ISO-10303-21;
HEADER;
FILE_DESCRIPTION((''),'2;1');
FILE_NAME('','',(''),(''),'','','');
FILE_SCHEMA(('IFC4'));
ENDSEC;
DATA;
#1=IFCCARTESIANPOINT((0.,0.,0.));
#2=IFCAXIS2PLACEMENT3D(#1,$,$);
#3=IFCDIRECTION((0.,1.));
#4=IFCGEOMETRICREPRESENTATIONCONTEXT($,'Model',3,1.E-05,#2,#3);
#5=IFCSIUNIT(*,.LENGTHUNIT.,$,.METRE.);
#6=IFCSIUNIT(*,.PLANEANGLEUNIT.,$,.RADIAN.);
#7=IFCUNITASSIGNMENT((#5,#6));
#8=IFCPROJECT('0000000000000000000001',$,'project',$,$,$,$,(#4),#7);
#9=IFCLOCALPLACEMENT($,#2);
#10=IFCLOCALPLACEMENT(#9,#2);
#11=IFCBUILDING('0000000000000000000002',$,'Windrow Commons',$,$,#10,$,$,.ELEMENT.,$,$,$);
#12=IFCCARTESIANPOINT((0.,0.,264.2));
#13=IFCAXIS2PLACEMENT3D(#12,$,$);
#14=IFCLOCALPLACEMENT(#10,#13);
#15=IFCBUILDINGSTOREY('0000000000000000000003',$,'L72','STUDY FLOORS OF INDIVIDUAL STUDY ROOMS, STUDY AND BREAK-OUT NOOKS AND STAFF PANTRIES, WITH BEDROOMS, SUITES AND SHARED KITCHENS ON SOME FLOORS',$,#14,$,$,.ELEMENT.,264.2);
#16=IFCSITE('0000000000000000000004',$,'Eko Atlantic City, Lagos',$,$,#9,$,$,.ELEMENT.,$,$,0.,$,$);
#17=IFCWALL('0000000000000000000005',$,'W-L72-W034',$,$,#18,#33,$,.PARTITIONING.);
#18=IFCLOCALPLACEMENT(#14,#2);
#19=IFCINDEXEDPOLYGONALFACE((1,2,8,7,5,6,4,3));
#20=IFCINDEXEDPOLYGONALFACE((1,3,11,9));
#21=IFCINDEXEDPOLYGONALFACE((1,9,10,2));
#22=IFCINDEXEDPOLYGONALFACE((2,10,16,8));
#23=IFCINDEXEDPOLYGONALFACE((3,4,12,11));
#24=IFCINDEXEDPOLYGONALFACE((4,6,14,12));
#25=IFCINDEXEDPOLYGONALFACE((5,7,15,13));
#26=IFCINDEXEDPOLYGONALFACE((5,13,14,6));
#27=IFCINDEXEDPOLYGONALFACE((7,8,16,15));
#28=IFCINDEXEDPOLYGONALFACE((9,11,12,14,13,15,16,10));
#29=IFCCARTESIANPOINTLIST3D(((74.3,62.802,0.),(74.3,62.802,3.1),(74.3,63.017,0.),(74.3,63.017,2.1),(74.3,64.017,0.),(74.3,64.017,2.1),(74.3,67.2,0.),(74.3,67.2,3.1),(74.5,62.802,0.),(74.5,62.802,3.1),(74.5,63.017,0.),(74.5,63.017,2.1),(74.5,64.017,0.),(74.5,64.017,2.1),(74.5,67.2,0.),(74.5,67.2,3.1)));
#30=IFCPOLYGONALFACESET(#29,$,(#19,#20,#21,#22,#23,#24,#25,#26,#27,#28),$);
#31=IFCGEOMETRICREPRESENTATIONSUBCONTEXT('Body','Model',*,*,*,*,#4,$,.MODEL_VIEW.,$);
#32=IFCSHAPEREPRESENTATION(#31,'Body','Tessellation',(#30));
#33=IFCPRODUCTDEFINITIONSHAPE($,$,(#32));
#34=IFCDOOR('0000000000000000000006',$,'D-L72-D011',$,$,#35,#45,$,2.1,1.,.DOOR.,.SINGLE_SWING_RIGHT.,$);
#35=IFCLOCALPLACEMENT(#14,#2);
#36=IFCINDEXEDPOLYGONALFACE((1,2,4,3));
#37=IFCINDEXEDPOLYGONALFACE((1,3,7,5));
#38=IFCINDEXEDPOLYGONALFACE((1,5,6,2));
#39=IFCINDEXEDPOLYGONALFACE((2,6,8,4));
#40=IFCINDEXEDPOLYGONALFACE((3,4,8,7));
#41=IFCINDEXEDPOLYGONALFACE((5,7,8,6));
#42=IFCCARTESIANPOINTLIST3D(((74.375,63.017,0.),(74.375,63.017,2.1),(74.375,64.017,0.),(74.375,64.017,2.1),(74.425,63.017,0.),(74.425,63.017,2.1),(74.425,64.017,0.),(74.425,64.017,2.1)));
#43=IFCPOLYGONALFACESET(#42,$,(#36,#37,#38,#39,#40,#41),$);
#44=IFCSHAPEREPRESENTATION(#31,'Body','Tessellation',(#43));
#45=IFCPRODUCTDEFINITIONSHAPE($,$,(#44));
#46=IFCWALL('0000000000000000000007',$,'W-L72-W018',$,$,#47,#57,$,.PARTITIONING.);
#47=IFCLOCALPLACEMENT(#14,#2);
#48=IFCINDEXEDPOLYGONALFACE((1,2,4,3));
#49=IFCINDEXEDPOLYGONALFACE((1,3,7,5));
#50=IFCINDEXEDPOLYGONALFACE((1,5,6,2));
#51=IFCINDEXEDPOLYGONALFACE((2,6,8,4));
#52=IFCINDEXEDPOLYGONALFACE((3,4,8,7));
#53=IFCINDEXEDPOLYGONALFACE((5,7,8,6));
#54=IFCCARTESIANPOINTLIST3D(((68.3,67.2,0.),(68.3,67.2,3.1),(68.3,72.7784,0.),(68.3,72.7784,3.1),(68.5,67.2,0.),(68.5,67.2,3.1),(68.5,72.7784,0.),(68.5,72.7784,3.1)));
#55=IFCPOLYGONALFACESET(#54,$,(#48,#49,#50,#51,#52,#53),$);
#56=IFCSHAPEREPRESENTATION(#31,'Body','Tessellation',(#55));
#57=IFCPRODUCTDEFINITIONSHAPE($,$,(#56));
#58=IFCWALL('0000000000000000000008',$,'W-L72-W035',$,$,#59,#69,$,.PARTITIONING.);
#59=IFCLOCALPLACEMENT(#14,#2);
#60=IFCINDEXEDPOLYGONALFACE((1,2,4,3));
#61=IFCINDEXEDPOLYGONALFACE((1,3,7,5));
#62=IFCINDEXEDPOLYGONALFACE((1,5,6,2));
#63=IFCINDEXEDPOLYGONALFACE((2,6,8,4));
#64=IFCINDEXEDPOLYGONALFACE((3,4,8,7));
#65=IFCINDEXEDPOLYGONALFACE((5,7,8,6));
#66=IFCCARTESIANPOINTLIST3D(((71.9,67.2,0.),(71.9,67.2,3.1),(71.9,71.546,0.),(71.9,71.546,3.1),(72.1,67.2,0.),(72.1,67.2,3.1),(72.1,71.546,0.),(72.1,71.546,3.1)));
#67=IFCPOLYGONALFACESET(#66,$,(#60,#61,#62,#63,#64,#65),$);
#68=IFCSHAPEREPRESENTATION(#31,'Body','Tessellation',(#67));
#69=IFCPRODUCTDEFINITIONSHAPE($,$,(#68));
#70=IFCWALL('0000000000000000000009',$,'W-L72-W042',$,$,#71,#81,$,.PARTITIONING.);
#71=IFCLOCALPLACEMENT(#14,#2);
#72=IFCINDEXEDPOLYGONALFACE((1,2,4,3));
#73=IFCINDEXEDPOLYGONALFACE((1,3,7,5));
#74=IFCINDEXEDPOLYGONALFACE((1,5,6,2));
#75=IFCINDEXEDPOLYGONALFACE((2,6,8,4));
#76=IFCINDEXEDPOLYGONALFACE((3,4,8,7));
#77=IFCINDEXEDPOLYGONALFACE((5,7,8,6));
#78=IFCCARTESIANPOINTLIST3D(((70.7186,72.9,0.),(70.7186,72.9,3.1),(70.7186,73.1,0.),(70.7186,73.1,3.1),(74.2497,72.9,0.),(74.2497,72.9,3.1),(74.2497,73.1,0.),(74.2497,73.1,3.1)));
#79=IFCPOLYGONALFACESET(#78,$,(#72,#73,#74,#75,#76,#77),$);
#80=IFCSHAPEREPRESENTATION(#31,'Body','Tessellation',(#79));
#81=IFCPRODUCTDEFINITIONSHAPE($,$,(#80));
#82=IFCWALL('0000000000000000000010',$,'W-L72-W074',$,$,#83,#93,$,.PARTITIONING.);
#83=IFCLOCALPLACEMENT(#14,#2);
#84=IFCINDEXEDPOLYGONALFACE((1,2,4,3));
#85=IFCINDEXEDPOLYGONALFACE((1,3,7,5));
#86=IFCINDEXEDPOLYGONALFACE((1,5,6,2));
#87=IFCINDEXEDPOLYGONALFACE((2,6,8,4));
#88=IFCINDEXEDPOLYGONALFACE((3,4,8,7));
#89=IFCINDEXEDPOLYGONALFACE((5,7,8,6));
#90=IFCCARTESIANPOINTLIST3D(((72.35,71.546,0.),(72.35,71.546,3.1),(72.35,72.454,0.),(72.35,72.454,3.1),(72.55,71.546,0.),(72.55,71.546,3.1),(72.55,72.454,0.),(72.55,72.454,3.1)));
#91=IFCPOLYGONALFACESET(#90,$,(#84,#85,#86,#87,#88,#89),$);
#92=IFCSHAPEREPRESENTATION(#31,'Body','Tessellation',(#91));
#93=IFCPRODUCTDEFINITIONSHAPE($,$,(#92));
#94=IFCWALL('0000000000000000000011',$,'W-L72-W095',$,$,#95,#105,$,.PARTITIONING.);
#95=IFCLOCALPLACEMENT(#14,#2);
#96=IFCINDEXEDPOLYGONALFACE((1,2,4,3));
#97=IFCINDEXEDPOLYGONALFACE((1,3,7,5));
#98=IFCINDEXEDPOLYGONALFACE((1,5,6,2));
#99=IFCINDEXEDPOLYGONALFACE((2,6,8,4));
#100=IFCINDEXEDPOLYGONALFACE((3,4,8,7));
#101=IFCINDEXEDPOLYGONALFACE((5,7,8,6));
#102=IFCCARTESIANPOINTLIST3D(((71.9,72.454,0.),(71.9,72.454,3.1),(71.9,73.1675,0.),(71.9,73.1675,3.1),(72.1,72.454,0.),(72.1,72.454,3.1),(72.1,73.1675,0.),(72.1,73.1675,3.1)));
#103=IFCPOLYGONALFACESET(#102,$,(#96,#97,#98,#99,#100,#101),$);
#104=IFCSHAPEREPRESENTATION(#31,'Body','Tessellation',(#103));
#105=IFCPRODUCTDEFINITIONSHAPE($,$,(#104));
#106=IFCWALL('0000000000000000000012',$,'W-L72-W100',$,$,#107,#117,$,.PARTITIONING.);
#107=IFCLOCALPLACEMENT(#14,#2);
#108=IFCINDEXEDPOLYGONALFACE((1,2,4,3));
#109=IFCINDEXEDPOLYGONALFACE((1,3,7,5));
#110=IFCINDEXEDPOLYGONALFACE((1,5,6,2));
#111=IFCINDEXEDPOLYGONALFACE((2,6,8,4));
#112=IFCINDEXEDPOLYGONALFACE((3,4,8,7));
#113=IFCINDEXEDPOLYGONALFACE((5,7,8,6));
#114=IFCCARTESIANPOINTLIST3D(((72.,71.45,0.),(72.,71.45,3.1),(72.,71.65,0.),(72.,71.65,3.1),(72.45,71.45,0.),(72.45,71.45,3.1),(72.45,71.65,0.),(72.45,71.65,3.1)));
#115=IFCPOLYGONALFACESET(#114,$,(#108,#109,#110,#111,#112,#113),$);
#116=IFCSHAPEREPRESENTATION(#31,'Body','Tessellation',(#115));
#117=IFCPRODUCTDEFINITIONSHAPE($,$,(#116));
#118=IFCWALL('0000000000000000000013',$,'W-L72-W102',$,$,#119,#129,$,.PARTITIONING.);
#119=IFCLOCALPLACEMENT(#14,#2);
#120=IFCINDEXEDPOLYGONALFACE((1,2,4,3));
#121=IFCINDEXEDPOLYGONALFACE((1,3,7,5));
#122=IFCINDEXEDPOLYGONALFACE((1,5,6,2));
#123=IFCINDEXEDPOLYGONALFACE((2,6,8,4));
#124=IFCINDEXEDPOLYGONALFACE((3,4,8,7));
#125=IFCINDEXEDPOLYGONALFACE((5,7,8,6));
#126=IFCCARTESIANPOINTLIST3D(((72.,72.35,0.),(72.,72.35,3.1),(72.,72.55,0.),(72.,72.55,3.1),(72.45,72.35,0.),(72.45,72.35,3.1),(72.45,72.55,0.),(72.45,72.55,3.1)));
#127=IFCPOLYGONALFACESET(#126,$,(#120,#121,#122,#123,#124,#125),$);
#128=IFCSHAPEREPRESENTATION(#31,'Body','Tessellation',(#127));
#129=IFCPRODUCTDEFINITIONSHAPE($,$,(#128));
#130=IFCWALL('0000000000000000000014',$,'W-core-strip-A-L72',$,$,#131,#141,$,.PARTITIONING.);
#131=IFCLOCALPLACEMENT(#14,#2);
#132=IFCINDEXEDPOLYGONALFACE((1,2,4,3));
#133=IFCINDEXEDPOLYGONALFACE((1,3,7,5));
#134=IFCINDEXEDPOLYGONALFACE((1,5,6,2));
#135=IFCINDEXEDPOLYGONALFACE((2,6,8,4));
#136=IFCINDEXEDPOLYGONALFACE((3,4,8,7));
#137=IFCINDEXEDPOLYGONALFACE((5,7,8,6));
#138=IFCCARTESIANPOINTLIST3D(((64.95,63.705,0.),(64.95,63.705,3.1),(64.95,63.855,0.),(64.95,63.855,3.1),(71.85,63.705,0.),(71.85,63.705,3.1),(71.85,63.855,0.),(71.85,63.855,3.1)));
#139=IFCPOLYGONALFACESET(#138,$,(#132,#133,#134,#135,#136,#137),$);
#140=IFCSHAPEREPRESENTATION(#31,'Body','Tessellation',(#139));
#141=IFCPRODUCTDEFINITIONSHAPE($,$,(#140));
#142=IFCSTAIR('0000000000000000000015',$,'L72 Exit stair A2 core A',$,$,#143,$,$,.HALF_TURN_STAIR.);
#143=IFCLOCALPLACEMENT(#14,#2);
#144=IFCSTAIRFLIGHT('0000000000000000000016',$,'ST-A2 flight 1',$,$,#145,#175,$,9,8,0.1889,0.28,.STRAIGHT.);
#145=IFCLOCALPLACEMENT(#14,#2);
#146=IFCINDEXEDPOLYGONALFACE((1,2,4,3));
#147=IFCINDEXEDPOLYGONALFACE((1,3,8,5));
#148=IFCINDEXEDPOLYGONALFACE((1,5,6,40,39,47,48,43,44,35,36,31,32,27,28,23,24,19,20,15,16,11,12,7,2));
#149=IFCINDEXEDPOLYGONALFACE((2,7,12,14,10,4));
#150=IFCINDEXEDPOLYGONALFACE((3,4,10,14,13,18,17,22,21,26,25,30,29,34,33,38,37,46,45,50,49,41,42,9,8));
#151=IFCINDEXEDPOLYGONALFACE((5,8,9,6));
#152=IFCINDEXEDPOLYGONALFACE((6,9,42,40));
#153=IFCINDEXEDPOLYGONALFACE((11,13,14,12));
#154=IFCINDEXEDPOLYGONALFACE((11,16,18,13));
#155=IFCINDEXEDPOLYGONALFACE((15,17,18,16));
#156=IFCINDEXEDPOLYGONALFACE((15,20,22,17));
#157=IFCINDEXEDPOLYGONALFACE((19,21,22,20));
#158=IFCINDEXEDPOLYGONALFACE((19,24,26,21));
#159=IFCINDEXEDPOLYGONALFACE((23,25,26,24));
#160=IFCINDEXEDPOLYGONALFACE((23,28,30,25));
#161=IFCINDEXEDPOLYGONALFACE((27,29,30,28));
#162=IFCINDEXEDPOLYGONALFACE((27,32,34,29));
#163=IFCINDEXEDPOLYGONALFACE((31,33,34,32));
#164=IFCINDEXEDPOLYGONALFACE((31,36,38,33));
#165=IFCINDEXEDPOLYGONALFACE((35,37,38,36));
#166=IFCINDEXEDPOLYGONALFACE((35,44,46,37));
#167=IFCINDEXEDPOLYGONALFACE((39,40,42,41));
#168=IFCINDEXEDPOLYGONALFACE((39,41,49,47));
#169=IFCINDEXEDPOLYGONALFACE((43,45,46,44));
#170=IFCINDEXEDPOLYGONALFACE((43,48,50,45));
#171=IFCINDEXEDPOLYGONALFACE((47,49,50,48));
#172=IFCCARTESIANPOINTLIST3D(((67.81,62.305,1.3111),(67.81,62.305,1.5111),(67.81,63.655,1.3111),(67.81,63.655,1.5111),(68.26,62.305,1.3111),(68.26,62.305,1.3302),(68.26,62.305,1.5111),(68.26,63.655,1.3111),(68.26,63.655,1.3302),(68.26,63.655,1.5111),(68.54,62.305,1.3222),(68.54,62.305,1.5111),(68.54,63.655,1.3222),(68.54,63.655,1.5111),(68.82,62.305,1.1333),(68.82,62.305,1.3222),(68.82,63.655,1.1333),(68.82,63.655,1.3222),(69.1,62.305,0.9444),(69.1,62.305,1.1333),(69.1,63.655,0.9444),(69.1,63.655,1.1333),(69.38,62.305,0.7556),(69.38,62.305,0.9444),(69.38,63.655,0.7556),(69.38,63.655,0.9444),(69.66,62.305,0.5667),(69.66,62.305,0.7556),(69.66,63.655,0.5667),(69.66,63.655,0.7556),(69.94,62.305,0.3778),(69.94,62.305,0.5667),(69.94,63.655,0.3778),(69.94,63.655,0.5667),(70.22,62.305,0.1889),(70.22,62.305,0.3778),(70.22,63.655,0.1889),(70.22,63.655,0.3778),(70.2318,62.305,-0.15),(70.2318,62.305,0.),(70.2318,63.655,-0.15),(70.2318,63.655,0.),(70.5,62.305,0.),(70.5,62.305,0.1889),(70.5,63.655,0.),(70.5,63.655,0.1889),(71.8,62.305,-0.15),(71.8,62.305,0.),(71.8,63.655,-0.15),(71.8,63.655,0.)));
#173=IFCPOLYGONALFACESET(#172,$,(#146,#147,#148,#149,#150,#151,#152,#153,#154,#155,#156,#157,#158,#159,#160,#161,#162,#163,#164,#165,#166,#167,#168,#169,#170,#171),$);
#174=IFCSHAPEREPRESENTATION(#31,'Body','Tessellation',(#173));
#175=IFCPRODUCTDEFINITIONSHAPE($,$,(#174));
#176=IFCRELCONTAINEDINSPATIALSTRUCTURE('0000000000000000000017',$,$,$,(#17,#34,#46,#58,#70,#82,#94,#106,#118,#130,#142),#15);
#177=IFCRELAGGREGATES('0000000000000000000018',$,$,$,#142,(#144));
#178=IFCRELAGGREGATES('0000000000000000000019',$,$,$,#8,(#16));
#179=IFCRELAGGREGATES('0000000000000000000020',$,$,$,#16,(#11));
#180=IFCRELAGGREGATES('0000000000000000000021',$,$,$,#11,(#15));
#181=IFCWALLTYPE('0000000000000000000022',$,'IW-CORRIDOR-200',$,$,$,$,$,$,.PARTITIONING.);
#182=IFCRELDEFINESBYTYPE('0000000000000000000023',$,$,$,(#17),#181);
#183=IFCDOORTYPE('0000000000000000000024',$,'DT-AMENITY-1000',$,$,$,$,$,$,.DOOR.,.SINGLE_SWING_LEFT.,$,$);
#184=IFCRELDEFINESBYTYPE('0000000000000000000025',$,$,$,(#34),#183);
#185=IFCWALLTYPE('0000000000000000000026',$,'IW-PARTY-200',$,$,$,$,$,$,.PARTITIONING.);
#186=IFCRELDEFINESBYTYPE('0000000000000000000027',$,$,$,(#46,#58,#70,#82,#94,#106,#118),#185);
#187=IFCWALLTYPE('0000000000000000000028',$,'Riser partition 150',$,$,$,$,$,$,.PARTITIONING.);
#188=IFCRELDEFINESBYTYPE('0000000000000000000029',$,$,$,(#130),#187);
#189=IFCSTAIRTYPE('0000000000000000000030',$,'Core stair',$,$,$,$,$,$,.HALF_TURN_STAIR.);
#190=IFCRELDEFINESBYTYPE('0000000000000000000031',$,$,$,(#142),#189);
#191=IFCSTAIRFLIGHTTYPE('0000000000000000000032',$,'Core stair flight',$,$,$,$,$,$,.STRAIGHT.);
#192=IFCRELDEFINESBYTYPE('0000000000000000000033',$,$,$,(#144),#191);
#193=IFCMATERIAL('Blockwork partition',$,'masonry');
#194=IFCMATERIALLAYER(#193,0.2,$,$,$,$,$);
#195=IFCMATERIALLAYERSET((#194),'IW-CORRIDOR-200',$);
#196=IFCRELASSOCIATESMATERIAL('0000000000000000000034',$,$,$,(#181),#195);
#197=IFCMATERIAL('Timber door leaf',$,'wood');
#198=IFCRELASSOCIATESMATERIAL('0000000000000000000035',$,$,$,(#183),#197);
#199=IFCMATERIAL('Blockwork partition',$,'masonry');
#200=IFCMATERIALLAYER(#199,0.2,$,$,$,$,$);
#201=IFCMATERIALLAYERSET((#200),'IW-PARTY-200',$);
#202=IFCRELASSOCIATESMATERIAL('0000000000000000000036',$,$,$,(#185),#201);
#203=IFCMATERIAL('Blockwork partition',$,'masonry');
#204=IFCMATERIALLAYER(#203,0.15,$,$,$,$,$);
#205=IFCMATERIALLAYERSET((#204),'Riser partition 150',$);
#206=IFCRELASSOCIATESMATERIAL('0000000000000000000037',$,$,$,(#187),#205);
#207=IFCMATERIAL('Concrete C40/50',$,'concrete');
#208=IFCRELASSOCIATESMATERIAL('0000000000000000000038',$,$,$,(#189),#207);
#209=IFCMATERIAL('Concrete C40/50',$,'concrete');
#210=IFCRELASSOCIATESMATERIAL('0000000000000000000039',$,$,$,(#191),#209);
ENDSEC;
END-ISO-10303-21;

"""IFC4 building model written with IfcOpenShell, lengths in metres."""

from ifc_helpers import new_model, si_unit, direction, frame, frame_2d, origin, place, context, subcontext, project, spatial, polyline, rectangle, outline, extrude, material, layer, layer_set, type_object, element, fill, aggregate, save


model = new_model("IFC4")

# Units and contexts
model_context = context("Model", 3, precision=1e-05, world=origin(), true_north=direction((0.0, 1.0)))
body_context = subcontext(model_context, "Body", "Model", "MODEL_VIEW")
ifc_project = project(units=[si_unit("LENGTHUNIT", "METRE"), si_unit("PLANEANGLEUNIT", "RADIAN")], contexts=[model_context])

# Site, building, storey
site_placement = place(None, origin())
site = spatial("IfcSite", under=ifc_project, at=site_placement, Name="Eko Atlantic City, Lagos", CompositionType="ELEMENT", RefElevation=0.0)
building_placement = place(site_placement, origin())
building = spatial("IfcBuilding", under=site, at=building_placement, Name="Windrow Commons", CompositionType="ELEMENT")
storey_placement = place(building_placement, frame((0.0, 0.0, 264.2)))
storey = spatial("IfcBuildingStorey", under=building, at=storey_placement, Name="L72", Description="STUDY FLOORS OF INDIVIDUAL STUDY ROOMS, STUDY AND BREAK-OUT NOOKS AND STAFF PANTRIES, WITH BEDROOMS, SUITES AND SHARED KITCHENS ON SOME FLOORS", CompositionType="ELEMENT", Elevation=264.2)

# Wall, opening, door
ifc_material_1 = material(Name="Blockwork partition", Category="masonry")
ifc_layer_1 = layer(ifc_material_1, 0.2)
ifc_layer_set_1 = layer_set([ifc_layer_1], Name="IW-CORRIDOR-200")
wall_type_1 = type_object("IfcWallType", Name="IW-CORRIDOR-200", PredefinedType="PARTITIONING", material=ifc_layer_set_1)
wall_1_placement = place(storey_placement, frame((74.4, 62.802, 0.0), z_axis=(0.0, 0.0, 1.0), x_axis=(0.0, 1.0, 0.0)))
wall_1 = element("IfcWall", 1, at=wall_1_placement, inside=storey, type_object=wall_type_1, Name="W-L72-W034", PredefinedType="PARTITIONING", context=body_context, shape_type="SweptSolid", body=[
    extrude(rectangle(XDim=4.398, YDim=0.2, at=frame_2d((2.199, 0.0))), origin(), (0.0, 0.0, 1.0), 3.1),
])
opening_1_placement = place(wall_1_placement, frame((0.215, 0.0, 0.0)))
opening_1 = element("IfcOpeningElement", 2, at=opening_1_placement, cuts=wall_1, PredefinedType="OPENING", context=body_context, shape_type="SweptSolid", body=[
    extrude(rectangle(XDim=1.0, YDim=2.1, at=frame_2d((0.5, 1.05))), frame((0.0, 0.11, 0.0), z_axis=(0.0, -1.0, 0.0), x_axis=(1.0, 0.0, 0.0)), (0.0, 0.0, 1.0), 0.22),
])
ifc_material_2 = material(Name="Timber door leaf", Category="wood")
door_type = type_object("IfcDoorType", Name="DT-AMENITY-1000", OperationType="SINGLE_SWING_LEFT", PredefinedType="DOOR", material=ifc_material_2)
door_placement = place(opening_1_placement, origin())
door = element("IfcDoor", 3, at=door_placement, inside=storey, type_object=door_type, Name="D-L72-D011", OperationType="SINGLE_SWING_RIGHT", OverallHeight=2.1, OverallWidth=1.0, PredefinedType="DOOR", context=body_context, shape_type="SweptSolid", body=[
    extrude(rectangle(XDim=1.0, YDim=2.1, at=frame_2d((0.5, 1.05))), frame((0.0, 0.025, 0.0), z_axis=(0.0, -1.0, 0.0), x_axis=(1.0, 0.0, 0.0)), (0.0, 0.0, 1.0), 0.05),
])
fill(opening_1, door)

# Walls
ifc_material_3 = material(Name="Blockwork partition", Category="masonry")
ifc_layer_2 = layer(ifc_material_3, 0.2)
ifc_layer_set_2 = layer_set([ifc_layer_2], Name="IW-PARTY-200")
wall_type_2 = type_object("IfcWallType", Name="IW-PARTY-200", PredefinedType="PARTITIONING", material=ifc_layer_set_2)
wall_2_placement = place(storey_placement, frame((68.4, 67.2, 0.0), z_axis=(0.0, 0.0, 1.0), x_axis=(0.0, 1.0, 0.0)))
element("IfcWall", 4, at=wall_2_placement, inside=storey, type_object=wall_type_2, Name="W-L72-W018", PredefinedType="PARTITIONING", context=body_context, shape_type="SweptSolid", body=[
    extrude(rectangle(XDim=5.5784, YDim=0.2, at=frame_2d((2.7892, 0.0))), origin(), (0.0, 0.0, 1.0), 3.1),
])
wall_3_placement = place(storey_placement, frame((72.0, 67.2, 0.0), z_axis=(0.0, 0.0, 1.0), x_axis=(0.0, 1.0, 0.0)))
element("IfcWall", 5, at=wall_3_placement, inside=storey, type_object=wall_type_2, Name="W-L72-W035", PredefinedType="PARTITIONING", context=body_context, shape_type="SweptSolid", body=[
    extrude(rectangle(XDim=4.346, YDim=0.2, at=frame_2d((2.173, 0.0))), origin(), (0.0, 0.0, 1.0), 3.1),
])
wall_4_placement = place(storey_placement, frame((70.7187, 73.0, 0.0), z_axis=(0.0, 0.0, 1.0), x_axis=(1.0, 0.0, 0.0)))
element("IfcWall", 6, at=wall_4_placement, inside=storey, type_object=wall_type_2, Name="W-L72-W042", PredefinedType="PARTITIONING", context=body_context, shape_type="SweptSolid", body=[
    extrude(rectangle(XDim=3.5311, YDim=0.2, at=frame_2d((1.7655, 0.0))), origin(), (0.0, 0.0, 1.0), 3.1),
])
wall_5_placement = place(storey_placement, frame((72.45, 71.546, 0.0), z_axis=(0.0, 0.0, 1.0), x_axis=(0.0, 1.0, 0.0)))
element("IfcWall", 7, at=wall_5_placement, inside=storey, type_object=wall_type_2, Name="W-L72-W074", PredefinedType="PARTITIONING", context=body_context, shape_type="SweptSolid", body=[
    extrude(rectangle(XDim=0.908, YDim=0.2, at=frame_2d((0.454, 0.0))), origin(), (0.0, 0.0, 1.0), 3.1),
])
wall_6_placement = place(storey_placement, frame((72.0, 72.454, 0.0), z_axis=(0.0, 0.0, 1.0), x_axis=(0.0, 1.0, 0.0)))
element("IfcWall", 8, at=wall_6_placement, inside=storey, type_object=wall_type_2, Name="W-L72-W095", PredefinedType="PARTITIONING", context=body_context, shape_type="SweptSolid", body=[
    extrude(rectangle(XDim=0.7135, YDim=0.2, at=frame_2d((0.3568, 0.0))), origin(), (0.0, 0.0, 1.0), 3.1),
])
for number, where, z_axis, x_axis, name in (
    (9, (72.0, 71.55, 0.0), (0.0, 0.0, 1.0), (1.0, 0.0, 0.0), "W-L72-W100"),
    (10, (72.0, 72.45, 0.0), (0.0, 0.0, 1.0), (1.0, 0.0, 0.0), "W-L72-W102"),
):
    element("IfcWall", number, at=place(storey_placement, frame(where, z_axis=z_axis, x_axis=x_axis)), inside=storey, type_object=wall_type_2, Name=name, PredefinedType="PARTITIONING", context=body_context, shape_type="SweptSolid", body=[
        extrude(rectangle(XDim=0.45, YDim=0.2, at=frame_2d((0.225, 0.0))), origin(), (0.0, 0.0, 1.0), 3.1),
    ])
ifc_material_4 = material(Name="Blockwork partition", Category="masonry")
ifc_layer_3 = layer(ifc_material_4, 0.15)
ifc_layer_set_3 = layer_set([ifc_layer_3], Name="Riser partition 150")
wall_type_3 = type_object("IfcWallType", Name="Riser partition 150", PredefinedType="PARTITIONING", material=ifc_layer_set_3)
wall_7_placement = place(storey_placement, frame((64.95, 63.78, 0.0), z_axis=(0.0, 0.0, 1.0), x_axis=(1.0, 0.0, 0.0)))
element("IfcWall", 11, at=wall_7_placement, inside=storey, type_object=wall_type_3, Name="W-core-strip-A-L72", PredefinedType="PARTITIONING", context=body_context, shape_type="SweptSolid", body=[
    extrude(rectangle(XDim=6.9, YDim=0.15, at=frame_2d((3.45, 0.0))), origin(), (0.0, 0.0, 1.0), 3.1),
])

# Stair, stair flight
ifc_material_5 = material(Name="Concrete C40/50", Category="concrete")
stair_type = type_object("IfcStairType", Name="Core stair", PredefinedType="HALF_TURN_STAIR", material=ifc_material_5)
stair_placement = place(storey_placement, origin())
stair = element("IfcStair", 12, at=stair_placement, inside=storey, type_object=stair_type, Name="L72 Exit stair A2 core A", PredefinedType="HALF_TURN_STAIR")
ifc_material_6 = material(Name="Concrete C40/50", Category="concrete")
stair_flight_type = type_object("IfcStairFlightType", Name="Core stair flight", PredefinedType="STRAIGHT", material=ifc_material_6)
stair_flight_1_placement = place(storey_placement, frame((70.5, 62.98, 0.0), z_axis=(0.0, 0.0, 1.0), x_axis=(-1.0, 0.0, 0.0)))
stair_flight_1 = element("IfcStairFlight", 13, at=stair_flight_1_placement, type_object=stair_flight_type, Name="ST-A2 flight 1", NumberOfRisers=9, NumberOfTreads=8, PredefinedType="STRAIGHT", RiserHeight=0.1889, TreadLength=0.28, context=body_context, shape_type="SweptSolid", body=[
    extrude(outline(polyline([(-1.3, -0.15), (-1.3, 0.0), (0.0, 0.0), (0.0, 0.1889), (0.28, 0.1889), (0.28, 0.3778), (0.56, 0.3778), (0.56, 0.5667), (0.84, 0.5667), (0.84, 0.7556), (1.12, 0.7556), (1.12, 0.9444), (1.4, 0.9444), (1.4, 1.1333), (1.68, 1.1333), (1.68, 1.3222), (1.96, 1.3222), (1.96, 1.5111), (2.24, 1.5111), (2.69, 1.5111), (2.69, 1.3111), (2.24, 1.3111), (2.24, 1.3302), (0.2682, 0.0), (0.2682, -0.15), (-1.3, -0.15)])), frame((0.0, 0.675, 0.0), z_axis=(0.0, -1.0, 0.0), x_axis=(1.0, 0.0, 0.0)), (0.0, 0.0, 1.0), 1.35),
])
aggregate(stair, [stair_flight_1])

save(model, "model.ifc")
